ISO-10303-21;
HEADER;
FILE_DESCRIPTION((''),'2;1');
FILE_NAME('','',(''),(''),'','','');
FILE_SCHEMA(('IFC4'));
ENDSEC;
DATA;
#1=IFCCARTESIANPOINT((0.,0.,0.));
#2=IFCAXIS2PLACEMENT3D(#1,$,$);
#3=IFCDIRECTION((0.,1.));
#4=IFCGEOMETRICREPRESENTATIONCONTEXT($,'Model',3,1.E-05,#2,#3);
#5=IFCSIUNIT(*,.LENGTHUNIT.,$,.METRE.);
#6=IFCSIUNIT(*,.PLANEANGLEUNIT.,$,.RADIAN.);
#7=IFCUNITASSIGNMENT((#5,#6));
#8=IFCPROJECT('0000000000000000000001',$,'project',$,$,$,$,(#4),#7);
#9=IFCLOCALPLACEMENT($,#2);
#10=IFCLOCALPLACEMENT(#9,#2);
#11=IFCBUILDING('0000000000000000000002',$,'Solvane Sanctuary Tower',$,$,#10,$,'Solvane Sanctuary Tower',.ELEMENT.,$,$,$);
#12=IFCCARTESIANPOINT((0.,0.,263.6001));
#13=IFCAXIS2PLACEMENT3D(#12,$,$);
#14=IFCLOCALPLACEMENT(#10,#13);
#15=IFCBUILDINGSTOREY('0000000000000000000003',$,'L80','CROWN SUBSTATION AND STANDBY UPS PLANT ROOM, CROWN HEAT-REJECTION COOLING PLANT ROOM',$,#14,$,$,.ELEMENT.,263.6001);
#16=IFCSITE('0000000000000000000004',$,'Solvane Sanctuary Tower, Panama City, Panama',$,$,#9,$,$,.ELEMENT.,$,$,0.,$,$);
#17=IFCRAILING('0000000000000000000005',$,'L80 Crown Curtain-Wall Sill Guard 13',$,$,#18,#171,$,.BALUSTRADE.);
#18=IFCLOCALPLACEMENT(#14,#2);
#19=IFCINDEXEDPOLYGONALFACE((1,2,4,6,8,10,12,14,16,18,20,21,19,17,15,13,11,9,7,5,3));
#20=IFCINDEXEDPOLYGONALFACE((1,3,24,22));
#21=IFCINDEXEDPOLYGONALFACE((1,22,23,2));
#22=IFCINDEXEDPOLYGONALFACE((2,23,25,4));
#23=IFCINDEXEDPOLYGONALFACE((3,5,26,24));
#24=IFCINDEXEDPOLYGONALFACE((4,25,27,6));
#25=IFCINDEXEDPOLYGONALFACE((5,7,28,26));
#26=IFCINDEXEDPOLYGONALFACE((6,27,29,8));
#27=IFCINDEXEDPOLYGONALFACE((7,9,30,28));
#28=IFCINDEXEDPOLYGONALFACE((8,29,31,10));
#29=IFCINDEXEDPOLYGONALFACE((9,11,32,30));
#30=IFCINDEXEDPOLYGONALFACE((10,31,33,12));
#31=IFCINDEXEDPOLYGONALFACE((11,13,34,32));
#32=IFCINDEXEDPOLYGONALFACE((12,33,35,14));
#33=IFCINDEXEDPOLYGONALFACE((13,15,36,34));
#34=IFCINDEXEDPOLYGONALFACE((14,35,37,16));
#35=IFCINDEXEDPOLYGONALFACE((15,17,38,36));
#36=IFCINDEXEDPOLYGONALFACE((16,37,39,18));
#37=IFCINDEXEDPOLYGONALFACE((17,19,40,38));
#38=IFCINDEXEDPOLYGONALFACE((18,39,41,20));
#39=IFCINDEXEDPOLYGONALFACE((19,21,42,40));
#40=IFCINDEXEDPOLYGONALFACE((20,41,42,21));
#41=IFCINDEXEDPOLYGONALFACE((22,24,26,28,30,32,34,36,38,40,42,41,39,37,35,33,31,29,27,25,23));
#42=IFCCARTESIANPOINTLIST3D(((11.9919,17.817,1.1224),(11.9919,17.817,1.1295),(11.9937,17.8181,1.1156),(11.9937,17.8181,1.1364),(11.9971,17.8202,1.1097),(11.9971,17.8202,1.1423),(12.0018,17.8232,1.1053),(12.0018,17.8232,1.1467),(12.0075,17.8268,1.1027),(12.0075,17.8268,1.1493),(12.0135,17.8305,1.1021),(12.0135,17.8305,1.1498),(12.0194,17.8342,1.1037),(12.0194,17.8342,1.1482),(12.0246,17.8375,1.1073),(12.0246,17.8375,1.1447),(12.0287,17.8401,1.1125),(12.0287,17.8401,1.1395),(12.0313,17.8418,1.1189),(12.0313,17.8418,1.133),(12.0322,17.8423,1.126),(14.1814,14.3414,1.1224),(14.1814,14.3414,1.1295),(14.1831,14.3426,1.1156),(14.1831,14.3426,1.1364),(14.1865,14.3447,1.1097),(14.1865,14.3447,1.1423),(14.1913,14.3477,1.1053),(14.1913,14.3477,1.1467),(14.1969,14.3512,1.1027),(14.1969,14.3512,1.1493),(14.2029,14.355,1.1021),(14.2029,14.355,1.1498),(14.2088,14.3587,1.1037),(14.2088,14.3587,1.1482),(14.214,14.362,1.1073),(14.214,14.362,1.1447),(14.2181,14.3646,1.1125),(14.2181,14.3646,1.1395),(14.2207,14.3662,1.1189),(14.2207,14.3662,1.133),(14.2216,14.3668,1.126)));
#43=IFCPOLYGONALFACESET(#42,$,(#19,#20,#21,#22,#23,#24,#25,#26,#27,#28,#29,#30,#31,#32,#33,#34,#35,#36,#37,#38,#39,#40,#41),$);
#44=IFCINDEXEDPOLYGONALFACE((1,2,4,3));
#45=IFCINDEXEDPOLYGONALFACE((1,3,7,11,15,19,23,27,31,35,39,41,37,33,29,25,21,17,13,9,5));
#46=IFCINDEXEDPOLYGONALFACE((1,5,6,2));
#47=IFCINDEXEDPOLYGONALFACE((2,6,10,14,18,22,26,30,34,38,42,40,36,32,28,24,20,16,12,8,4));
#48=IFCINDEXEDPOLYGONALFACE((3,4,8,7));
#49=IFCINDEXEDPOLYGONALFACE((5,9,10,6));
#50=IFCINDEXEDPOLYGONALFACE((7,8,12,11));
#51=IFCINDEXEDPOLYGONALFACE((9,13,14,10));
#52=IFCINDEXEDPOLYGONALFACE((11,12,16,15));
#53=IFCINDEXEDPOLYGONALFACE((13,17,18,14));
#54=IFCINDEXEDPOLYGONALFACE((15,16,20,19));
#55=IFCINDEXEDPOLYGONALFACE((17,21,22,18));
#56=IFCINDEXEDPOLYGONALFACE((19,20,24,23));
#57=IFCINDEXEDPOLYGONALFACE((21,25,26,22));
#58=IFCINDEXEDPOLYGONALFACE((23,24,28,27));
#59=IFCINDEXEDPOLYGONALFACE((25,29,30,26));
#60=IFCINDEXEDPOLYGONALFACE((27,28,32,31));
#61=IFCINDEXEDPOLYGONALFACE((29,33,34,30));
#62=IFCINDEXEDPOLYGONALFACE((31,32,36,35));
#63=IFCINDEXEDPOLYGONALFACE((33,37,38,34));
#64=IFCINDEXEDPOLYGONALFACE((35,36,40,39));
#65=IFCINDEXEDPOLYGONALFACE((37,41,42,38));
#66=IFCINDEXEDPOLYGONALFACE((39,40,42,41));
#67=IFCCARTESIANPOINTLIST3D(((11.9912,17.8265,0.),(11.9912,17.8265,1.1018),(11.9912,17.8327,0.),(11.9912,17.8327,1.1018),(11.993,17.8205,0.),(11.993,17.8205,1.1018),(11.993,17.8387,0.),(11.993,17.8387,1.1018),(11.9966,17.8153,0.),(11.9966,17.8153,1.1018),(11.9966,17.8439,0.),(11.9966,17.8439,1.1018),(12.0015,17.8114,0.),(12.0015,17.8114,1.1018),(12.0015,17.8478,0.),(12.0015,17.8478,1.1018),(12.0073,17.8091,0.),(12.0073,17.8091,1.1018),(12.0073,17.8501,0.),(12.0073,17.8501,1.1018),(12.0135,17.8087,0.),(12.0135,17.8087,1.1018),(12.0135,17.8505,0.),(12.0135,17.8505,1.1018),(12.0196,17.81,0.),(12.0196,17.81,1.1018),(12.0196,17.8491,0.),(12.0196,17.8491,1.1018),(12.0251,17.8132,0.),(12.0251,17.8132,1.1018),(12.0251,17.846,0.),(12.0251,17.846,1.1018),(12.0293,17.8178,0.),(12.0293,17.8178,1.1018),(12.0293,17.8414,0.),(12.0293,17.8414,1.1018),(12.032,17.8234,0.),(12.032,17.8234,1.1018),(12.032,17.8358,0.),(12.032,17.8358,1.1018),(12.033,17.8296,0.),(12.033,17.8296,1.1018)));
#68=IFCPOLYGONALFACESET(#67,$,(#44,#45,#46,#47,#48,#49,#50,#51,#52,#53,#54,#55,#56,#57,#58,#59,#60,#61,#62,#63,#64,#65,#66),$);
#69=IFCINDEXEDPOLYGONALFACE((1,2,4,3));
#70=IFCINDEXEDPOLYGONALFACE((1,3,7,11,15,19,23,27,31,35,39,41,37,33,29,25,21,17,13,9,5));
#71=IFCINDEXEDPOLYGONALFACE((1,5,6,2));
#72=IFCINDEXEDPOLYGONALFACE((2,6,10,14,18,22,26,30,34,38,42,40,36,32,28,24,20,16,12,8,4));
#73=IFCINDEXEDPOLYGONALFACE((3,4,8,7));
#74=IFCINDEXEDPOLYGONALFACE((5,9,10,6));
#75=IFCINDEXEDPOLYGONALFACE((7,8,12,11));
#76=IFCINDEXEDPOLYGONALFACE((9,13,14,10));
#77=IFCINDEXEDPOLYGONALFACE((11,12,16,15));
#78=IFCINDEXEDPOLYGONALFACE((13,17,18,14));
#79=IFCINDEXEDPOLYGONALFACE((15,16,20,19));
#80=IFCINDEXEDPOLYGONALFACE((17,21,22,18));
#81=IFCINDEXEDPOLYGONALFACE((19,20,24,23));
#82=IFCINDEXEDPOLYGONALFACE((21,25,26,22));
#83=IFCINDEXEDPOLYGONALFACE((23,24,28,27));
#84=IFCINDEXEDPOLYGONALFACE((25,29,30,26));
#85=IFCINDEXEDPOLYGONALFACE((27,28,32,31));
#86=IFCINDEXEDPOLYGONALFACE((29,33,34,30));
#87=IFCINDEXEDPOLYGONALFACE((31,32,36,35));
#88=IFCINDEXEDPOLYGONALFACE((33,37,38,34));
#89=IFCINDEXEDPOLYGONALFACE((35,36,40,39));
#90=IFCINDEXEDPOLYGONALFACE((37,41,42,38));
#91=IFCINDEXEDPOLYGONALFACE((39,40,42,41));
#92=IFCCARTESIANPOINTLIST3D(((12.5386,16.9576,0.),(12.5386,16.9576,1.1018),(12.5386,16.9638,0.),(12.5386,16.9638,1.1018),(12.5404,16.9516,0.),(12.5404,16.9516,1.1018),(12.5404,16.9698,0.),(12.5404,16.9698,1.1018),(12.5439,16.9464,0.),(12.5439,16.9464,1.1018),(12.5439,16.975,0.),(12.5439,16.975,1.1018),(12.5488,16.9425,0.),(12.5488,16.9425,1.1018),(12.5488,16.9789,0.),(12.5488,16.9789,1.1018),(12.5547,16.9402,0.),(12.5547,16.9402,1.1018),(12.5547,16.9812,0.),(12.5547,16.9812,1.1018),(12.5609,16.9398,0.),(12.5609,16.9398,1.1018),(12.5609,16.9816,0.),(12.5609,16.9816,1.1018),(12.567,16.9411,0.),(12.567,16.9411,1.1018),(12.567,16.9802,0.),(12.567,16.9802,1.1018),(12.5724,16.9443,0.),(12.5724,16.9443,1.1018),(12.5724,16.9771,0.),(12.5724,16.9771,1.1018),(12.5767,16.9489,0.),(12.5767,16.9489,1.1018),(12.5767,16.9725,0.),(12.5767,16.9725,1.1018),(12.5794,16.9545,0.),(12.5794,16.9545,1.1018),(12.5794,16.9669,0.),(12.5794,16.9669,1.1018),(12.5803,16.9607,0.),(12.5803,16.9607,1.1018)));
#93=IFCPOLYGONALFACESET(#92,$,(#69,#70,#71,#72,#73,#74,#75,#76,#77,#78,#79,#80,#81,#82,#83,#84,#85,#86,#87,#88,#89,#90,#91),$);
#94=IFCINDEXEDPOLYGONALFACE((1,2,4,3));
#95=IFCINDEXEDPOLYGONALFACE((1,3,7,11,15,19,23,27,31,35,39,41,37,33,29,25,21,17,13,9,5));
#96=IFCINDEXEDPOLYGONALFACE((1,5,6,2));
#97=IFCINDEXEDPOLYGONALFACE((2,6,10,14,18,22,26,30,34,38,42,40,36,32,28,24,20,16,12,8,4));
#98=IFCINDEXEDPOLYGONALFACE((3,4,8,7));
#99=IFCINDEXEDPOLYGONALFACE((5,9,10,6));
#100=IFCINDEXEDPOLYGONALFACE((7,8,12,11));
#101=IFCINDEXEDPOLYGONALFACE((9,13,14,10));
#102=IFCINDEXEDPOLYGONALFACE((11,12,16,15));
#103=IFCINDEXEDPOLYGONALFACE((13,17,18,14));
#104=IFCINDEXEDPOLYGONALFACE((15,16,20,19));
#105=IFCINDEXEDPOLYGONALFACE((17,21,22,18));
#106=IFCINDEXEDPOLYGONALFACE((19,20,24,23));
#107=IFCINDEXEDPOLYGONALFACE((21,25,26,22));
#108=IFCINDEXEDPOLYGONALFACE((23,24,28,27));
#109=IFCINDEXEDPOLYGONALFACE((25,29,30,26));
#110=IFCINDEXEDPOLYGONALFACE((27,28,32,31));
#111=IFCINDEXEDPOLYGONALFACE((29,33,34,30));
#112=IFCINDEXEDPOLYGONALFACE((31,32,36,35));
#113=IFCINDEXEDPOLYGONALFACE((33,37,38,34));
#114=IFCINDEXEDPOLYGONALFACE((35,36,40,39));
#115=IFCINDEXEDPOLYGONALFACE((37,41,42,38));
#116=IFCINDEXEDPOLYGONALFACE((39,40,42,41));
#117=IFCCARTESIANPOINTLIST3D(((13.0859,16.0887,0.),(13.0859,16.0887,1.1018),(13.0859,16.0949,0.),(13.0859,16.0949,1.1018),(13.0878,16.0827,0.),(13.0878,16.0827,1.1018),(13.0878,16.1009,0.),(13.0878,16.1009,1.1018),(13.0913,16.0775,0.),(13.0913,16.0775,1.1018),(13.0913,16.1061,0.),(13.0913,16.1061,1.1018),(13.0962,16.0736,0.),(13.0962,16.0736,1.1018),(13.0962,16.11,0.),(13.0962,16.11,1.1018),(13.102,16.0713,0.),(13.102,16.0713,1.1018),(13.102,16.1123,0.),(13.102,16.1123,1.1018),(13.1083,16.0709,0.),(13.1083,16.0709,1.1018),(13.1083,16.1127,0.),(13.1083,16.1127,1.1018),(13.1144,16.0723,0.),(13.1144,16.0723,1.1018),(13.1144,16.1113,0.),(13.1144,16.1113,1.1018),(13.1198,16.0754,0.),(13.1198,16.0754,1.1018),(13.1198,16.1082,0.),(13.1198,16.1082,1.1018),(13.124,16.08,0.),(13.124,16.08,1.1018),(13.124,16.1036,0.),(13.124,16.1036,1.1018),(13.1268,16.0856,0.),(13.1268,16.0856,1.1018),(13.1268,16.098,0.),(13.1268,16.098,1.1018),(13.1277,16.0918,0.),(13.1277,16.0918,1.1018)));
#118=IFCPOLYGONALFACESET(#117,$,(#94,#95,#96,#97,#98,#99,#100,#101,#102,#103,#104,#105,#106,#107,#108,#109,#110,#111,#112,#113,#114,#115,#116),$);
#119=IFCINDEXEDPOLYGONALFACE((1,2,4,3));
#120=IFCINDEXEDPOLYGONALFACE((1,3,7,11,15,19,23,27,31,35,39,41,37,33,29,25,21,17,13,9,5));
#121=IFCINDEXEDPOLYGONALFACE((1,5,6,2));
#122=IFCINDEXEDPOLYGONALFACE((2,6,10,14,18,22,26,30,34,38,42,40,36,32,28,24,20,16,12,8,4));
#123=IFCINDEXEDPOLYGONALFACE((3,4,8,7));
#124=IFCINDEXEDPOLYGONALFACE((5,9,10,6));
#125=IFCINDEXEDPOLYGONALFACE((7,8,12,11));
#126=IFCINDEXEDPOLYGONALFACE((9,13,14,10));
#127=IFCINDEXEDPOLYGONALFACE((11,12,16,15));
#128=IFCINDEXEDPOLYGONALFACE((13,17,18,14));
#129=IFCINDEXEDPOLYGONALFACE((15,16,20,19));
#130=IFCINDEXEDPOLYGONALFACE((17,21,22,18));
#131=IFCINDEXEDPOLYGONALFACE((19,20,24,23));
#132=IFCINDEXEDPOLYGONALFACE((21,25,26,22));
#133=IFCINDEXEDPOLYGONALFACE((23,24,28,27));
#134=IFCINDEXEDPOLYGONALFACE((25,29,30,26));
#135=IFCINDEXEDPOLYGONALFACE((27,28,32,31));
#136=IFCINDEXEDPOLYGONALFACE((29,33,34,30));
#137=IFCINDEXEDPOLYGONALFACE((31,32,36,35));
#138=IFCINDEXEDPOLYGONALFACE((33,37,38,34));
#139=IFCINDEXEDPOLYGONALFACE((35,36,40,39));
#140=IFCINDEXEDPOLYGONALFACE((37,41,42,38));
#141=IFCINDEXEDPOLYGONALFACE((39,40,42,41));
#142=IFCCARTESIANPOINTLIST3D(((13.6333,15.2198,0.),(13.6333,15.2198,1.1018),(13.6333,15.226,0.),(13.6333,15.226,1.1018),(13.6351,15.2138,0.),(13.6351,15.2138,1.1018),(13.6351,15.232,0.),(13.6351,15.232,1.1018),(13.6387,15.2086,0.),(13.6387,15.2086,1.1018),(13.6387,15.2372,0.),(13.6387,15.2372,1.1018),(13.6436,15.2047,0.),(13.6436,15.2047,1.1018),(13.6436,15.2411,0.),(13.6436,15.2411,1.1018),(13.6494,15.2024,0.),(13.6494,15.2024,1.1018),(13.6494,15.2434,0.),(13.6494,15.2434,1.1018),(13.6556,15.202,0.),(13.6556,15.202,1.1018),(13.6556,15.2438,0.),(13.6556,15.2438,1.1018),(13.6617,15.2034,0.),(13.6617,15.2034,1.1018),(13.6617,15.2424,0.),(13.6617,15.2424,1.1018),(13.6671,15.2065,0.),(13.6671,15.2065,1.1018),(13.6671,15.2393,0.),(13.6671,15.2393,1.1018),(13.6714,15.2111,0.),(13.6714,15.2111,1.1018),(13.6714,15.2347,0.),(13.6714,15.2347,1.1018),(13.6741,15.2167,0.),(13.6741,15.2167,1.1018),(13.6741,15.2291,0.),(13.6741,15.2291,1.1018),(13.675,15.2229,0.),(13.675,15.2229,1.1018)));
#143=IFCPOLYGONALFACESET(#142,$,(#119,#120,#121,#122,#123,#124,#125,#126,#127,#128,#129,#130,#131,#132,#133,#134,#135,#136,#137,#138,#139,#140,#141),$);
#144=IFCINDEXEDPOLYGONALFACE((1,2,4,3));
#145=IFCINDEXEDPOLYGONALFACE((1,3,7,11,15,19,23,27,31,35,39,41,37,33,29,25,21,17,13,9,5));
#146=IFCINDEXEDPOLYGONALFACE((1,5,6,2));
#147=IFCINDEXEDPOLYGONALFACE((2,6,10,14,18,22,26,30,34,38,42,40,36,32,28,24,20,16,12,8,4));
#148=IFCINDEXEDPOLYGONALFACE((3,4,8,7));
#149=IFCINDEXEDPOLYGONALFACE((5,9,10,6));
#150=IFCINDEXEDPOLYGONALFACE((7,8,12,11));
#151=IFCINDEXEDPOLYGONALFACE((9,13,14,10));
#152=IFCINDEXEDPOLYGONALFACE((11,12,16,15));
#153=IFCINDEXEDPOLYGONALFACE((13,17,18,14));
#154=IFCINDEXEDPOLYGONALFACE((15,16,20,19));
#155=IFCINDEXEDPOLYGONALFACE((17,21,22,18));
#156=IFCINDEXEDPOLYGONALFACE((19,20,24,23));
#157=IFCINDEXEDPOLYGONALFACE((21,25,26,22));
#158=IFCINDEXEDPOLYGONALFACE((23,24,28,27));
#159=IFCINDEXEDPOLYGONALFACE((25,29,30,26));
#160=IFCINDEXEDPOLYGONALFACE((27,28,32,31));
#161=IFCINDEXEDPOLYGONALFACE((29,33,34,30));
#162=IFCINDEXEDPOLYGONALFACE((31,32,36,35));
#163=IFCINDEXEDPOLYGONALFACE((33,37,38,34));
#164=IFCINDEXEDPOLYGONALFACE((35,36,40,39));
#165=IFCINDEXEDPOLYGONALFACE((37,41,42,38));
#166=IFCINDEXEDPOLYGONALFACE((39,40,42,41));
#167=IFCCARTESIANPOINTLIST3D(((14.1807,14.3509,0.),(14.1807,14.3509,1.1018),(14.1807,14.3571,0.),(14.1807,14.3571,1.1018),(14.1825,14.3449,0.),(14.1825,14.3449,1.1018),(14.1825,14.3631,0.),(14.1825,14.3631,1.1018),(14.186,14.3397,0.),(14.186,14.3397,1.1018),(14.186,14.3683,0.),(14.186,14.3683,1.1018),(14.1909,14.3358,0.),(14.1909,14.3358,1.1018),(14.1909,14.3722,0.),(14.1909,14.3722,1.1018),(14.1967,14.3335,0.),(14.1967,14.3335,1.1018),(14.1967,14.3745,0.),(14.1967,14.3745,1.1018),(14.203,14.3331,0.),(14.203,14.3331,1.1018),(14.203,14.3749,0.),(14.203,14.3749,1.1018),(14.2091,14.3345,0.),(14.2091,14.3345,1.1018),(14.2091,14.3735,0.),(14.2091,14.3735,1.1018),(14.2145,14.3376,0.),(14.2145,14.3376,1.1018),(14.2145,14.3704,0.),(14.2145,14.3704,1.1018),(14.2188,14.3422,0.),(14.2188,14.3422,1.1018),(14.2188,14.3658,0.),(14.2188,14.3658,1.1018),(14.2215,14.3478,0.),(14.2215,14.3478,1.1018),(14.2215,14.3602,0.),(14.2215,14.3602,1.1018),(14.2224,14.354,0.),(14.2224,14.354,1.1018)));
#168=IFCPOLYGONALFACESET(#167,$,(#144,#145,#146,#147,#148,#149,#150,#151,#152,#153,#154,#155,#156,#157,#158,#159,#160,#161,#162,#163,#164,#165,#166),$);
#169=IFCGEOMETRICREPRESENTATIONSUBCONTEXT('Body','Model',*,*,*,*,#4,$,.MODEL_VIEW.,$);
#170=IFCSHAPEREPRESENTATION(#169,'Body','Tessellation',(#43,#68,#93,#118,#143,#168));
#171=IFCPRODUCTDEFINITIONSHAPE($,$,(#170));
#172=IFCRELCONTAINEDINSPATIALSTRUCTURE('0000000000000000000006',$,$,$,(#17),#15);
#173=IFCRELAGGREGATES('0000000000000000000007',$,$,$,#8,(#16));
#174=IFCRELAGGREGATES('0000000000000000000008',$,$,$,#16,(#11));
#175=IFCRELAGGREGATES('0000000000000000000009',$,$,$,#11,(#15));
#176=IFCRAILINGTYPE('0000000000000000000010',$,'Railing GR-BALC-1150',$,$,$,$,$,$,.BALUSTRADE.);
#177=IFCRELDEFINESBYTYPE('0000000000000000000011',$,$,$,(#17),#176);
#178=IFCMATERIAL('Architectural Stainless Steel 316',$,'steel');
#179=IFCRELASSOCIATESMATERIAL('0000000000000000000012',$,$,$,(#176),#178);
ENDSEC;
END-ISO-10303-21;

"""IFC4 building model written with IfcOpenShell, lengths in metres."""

from ifc_helpers import new_model, si_unit, direction, frame, origin, origin_2d, place, context, subcontext, project, spatial, circle, extrude, material, type_object, element, save


model = new_model("IFC4")

# Units and contexts
model_context = context("Model", 3, precision=1e-05, world=origin(), true_north=direction((0.0, 1.0)))
body_context = subcontext(model_context, "Body", "Model", "MODEL_VIEW")
ifc_project = project(units=[si_unit("LENGTHUNIT", "METRE"), si_unit("PLANEANGLEUNIT", "RADIAN")], contexts=[model_context])

# Site, building, storey
site_placement = place(None, origin())
site = spatial("IfcSite", under=ifc_project, at=site_placement, Name="Solvane Sanctuary Tower, Panama City, Panama", CompositionType="ELEMENT", RefElevation=0.0)
building_placement = place(site_placement, origin())
building = spatial("IfcBuilding", under=site, at=building_placement, Name="Solvane Sanctuary Tower", LongName="Solvane Sanctuary Tower", CompositionType="ELEMENT")
storey_placement = place(building_placement, frame((0.0, 0.0, 263.6001)))
storey = spatial("IfcBuildingStorey", under=building, at=storey_placement, Name="L80", Description="CROWN SUBSTATION AND STANDBY UPS PLANT ROOM, CROWN HEAT-REJECTION COOLING PLANT ROOM", CompositionType="ELEMENT", Elevation=263.6001)

# Shared definitions
ifc_material_1 = material(Name="Architectural Stainless Steel 316", Category="steel")

# Railing
railing_type_1 = type_object("IfcRailingType", Name="Railing GR-BALC-1150", PredefinedType="BALUSTRADE", material=ifc_material_1)
railing_1_placement = place(storey_placement, frame((12.012, 17.8296, 0.0)))
element("IfcRailing", 1, at=railing_1_placement, inside=storey, type_object=railing_type_1, Name="L80 Crown Curtain-Wall Sill Guard 13", PredefinedType="BALUSTRADE", context=body_context, shape_type="SweptSolid", body=[
    extrude(circle(Radius=0.0239, at=origin_2d()), frame((0.0, 0.0, 1.126), z_axis=(0.533009, -0.84611, 0.0), x_axis=(0.84611, 0.533009, 0.0)), (0.0, 0.0, 1.0), 4.1077),
    extrude(circle(Radius=0.021, at=origin_2d()), origin(), (0.0, 0.0, 1.0), 1.1018),
    extrude(circle(Radius=0.021, at=origin_2d()), frame((0.5474, -0.8689, 0.0)), (0.0, 0.0, 1.0), 1.1018),
    extrude(circle(Radius=0.021, at=origin_2d()), frame((1.0947, -1.7378, 0.0)), (0.0, 0.0, 1.0), 1.1018),
    extrude(circle(Radius=0.021, at=origin_2d()), frame((1.6421, -2.6067, 0.0)), (0.0, 0.0, 1.0), 1.1018),
    extrude(circle(Radius=0.021, at=origin_2d()), frame((2.1895, -3.4756, 0.0)), (0.0, 0.0, 1.0), 1.1018),
])

save(model, "model.ifc")
